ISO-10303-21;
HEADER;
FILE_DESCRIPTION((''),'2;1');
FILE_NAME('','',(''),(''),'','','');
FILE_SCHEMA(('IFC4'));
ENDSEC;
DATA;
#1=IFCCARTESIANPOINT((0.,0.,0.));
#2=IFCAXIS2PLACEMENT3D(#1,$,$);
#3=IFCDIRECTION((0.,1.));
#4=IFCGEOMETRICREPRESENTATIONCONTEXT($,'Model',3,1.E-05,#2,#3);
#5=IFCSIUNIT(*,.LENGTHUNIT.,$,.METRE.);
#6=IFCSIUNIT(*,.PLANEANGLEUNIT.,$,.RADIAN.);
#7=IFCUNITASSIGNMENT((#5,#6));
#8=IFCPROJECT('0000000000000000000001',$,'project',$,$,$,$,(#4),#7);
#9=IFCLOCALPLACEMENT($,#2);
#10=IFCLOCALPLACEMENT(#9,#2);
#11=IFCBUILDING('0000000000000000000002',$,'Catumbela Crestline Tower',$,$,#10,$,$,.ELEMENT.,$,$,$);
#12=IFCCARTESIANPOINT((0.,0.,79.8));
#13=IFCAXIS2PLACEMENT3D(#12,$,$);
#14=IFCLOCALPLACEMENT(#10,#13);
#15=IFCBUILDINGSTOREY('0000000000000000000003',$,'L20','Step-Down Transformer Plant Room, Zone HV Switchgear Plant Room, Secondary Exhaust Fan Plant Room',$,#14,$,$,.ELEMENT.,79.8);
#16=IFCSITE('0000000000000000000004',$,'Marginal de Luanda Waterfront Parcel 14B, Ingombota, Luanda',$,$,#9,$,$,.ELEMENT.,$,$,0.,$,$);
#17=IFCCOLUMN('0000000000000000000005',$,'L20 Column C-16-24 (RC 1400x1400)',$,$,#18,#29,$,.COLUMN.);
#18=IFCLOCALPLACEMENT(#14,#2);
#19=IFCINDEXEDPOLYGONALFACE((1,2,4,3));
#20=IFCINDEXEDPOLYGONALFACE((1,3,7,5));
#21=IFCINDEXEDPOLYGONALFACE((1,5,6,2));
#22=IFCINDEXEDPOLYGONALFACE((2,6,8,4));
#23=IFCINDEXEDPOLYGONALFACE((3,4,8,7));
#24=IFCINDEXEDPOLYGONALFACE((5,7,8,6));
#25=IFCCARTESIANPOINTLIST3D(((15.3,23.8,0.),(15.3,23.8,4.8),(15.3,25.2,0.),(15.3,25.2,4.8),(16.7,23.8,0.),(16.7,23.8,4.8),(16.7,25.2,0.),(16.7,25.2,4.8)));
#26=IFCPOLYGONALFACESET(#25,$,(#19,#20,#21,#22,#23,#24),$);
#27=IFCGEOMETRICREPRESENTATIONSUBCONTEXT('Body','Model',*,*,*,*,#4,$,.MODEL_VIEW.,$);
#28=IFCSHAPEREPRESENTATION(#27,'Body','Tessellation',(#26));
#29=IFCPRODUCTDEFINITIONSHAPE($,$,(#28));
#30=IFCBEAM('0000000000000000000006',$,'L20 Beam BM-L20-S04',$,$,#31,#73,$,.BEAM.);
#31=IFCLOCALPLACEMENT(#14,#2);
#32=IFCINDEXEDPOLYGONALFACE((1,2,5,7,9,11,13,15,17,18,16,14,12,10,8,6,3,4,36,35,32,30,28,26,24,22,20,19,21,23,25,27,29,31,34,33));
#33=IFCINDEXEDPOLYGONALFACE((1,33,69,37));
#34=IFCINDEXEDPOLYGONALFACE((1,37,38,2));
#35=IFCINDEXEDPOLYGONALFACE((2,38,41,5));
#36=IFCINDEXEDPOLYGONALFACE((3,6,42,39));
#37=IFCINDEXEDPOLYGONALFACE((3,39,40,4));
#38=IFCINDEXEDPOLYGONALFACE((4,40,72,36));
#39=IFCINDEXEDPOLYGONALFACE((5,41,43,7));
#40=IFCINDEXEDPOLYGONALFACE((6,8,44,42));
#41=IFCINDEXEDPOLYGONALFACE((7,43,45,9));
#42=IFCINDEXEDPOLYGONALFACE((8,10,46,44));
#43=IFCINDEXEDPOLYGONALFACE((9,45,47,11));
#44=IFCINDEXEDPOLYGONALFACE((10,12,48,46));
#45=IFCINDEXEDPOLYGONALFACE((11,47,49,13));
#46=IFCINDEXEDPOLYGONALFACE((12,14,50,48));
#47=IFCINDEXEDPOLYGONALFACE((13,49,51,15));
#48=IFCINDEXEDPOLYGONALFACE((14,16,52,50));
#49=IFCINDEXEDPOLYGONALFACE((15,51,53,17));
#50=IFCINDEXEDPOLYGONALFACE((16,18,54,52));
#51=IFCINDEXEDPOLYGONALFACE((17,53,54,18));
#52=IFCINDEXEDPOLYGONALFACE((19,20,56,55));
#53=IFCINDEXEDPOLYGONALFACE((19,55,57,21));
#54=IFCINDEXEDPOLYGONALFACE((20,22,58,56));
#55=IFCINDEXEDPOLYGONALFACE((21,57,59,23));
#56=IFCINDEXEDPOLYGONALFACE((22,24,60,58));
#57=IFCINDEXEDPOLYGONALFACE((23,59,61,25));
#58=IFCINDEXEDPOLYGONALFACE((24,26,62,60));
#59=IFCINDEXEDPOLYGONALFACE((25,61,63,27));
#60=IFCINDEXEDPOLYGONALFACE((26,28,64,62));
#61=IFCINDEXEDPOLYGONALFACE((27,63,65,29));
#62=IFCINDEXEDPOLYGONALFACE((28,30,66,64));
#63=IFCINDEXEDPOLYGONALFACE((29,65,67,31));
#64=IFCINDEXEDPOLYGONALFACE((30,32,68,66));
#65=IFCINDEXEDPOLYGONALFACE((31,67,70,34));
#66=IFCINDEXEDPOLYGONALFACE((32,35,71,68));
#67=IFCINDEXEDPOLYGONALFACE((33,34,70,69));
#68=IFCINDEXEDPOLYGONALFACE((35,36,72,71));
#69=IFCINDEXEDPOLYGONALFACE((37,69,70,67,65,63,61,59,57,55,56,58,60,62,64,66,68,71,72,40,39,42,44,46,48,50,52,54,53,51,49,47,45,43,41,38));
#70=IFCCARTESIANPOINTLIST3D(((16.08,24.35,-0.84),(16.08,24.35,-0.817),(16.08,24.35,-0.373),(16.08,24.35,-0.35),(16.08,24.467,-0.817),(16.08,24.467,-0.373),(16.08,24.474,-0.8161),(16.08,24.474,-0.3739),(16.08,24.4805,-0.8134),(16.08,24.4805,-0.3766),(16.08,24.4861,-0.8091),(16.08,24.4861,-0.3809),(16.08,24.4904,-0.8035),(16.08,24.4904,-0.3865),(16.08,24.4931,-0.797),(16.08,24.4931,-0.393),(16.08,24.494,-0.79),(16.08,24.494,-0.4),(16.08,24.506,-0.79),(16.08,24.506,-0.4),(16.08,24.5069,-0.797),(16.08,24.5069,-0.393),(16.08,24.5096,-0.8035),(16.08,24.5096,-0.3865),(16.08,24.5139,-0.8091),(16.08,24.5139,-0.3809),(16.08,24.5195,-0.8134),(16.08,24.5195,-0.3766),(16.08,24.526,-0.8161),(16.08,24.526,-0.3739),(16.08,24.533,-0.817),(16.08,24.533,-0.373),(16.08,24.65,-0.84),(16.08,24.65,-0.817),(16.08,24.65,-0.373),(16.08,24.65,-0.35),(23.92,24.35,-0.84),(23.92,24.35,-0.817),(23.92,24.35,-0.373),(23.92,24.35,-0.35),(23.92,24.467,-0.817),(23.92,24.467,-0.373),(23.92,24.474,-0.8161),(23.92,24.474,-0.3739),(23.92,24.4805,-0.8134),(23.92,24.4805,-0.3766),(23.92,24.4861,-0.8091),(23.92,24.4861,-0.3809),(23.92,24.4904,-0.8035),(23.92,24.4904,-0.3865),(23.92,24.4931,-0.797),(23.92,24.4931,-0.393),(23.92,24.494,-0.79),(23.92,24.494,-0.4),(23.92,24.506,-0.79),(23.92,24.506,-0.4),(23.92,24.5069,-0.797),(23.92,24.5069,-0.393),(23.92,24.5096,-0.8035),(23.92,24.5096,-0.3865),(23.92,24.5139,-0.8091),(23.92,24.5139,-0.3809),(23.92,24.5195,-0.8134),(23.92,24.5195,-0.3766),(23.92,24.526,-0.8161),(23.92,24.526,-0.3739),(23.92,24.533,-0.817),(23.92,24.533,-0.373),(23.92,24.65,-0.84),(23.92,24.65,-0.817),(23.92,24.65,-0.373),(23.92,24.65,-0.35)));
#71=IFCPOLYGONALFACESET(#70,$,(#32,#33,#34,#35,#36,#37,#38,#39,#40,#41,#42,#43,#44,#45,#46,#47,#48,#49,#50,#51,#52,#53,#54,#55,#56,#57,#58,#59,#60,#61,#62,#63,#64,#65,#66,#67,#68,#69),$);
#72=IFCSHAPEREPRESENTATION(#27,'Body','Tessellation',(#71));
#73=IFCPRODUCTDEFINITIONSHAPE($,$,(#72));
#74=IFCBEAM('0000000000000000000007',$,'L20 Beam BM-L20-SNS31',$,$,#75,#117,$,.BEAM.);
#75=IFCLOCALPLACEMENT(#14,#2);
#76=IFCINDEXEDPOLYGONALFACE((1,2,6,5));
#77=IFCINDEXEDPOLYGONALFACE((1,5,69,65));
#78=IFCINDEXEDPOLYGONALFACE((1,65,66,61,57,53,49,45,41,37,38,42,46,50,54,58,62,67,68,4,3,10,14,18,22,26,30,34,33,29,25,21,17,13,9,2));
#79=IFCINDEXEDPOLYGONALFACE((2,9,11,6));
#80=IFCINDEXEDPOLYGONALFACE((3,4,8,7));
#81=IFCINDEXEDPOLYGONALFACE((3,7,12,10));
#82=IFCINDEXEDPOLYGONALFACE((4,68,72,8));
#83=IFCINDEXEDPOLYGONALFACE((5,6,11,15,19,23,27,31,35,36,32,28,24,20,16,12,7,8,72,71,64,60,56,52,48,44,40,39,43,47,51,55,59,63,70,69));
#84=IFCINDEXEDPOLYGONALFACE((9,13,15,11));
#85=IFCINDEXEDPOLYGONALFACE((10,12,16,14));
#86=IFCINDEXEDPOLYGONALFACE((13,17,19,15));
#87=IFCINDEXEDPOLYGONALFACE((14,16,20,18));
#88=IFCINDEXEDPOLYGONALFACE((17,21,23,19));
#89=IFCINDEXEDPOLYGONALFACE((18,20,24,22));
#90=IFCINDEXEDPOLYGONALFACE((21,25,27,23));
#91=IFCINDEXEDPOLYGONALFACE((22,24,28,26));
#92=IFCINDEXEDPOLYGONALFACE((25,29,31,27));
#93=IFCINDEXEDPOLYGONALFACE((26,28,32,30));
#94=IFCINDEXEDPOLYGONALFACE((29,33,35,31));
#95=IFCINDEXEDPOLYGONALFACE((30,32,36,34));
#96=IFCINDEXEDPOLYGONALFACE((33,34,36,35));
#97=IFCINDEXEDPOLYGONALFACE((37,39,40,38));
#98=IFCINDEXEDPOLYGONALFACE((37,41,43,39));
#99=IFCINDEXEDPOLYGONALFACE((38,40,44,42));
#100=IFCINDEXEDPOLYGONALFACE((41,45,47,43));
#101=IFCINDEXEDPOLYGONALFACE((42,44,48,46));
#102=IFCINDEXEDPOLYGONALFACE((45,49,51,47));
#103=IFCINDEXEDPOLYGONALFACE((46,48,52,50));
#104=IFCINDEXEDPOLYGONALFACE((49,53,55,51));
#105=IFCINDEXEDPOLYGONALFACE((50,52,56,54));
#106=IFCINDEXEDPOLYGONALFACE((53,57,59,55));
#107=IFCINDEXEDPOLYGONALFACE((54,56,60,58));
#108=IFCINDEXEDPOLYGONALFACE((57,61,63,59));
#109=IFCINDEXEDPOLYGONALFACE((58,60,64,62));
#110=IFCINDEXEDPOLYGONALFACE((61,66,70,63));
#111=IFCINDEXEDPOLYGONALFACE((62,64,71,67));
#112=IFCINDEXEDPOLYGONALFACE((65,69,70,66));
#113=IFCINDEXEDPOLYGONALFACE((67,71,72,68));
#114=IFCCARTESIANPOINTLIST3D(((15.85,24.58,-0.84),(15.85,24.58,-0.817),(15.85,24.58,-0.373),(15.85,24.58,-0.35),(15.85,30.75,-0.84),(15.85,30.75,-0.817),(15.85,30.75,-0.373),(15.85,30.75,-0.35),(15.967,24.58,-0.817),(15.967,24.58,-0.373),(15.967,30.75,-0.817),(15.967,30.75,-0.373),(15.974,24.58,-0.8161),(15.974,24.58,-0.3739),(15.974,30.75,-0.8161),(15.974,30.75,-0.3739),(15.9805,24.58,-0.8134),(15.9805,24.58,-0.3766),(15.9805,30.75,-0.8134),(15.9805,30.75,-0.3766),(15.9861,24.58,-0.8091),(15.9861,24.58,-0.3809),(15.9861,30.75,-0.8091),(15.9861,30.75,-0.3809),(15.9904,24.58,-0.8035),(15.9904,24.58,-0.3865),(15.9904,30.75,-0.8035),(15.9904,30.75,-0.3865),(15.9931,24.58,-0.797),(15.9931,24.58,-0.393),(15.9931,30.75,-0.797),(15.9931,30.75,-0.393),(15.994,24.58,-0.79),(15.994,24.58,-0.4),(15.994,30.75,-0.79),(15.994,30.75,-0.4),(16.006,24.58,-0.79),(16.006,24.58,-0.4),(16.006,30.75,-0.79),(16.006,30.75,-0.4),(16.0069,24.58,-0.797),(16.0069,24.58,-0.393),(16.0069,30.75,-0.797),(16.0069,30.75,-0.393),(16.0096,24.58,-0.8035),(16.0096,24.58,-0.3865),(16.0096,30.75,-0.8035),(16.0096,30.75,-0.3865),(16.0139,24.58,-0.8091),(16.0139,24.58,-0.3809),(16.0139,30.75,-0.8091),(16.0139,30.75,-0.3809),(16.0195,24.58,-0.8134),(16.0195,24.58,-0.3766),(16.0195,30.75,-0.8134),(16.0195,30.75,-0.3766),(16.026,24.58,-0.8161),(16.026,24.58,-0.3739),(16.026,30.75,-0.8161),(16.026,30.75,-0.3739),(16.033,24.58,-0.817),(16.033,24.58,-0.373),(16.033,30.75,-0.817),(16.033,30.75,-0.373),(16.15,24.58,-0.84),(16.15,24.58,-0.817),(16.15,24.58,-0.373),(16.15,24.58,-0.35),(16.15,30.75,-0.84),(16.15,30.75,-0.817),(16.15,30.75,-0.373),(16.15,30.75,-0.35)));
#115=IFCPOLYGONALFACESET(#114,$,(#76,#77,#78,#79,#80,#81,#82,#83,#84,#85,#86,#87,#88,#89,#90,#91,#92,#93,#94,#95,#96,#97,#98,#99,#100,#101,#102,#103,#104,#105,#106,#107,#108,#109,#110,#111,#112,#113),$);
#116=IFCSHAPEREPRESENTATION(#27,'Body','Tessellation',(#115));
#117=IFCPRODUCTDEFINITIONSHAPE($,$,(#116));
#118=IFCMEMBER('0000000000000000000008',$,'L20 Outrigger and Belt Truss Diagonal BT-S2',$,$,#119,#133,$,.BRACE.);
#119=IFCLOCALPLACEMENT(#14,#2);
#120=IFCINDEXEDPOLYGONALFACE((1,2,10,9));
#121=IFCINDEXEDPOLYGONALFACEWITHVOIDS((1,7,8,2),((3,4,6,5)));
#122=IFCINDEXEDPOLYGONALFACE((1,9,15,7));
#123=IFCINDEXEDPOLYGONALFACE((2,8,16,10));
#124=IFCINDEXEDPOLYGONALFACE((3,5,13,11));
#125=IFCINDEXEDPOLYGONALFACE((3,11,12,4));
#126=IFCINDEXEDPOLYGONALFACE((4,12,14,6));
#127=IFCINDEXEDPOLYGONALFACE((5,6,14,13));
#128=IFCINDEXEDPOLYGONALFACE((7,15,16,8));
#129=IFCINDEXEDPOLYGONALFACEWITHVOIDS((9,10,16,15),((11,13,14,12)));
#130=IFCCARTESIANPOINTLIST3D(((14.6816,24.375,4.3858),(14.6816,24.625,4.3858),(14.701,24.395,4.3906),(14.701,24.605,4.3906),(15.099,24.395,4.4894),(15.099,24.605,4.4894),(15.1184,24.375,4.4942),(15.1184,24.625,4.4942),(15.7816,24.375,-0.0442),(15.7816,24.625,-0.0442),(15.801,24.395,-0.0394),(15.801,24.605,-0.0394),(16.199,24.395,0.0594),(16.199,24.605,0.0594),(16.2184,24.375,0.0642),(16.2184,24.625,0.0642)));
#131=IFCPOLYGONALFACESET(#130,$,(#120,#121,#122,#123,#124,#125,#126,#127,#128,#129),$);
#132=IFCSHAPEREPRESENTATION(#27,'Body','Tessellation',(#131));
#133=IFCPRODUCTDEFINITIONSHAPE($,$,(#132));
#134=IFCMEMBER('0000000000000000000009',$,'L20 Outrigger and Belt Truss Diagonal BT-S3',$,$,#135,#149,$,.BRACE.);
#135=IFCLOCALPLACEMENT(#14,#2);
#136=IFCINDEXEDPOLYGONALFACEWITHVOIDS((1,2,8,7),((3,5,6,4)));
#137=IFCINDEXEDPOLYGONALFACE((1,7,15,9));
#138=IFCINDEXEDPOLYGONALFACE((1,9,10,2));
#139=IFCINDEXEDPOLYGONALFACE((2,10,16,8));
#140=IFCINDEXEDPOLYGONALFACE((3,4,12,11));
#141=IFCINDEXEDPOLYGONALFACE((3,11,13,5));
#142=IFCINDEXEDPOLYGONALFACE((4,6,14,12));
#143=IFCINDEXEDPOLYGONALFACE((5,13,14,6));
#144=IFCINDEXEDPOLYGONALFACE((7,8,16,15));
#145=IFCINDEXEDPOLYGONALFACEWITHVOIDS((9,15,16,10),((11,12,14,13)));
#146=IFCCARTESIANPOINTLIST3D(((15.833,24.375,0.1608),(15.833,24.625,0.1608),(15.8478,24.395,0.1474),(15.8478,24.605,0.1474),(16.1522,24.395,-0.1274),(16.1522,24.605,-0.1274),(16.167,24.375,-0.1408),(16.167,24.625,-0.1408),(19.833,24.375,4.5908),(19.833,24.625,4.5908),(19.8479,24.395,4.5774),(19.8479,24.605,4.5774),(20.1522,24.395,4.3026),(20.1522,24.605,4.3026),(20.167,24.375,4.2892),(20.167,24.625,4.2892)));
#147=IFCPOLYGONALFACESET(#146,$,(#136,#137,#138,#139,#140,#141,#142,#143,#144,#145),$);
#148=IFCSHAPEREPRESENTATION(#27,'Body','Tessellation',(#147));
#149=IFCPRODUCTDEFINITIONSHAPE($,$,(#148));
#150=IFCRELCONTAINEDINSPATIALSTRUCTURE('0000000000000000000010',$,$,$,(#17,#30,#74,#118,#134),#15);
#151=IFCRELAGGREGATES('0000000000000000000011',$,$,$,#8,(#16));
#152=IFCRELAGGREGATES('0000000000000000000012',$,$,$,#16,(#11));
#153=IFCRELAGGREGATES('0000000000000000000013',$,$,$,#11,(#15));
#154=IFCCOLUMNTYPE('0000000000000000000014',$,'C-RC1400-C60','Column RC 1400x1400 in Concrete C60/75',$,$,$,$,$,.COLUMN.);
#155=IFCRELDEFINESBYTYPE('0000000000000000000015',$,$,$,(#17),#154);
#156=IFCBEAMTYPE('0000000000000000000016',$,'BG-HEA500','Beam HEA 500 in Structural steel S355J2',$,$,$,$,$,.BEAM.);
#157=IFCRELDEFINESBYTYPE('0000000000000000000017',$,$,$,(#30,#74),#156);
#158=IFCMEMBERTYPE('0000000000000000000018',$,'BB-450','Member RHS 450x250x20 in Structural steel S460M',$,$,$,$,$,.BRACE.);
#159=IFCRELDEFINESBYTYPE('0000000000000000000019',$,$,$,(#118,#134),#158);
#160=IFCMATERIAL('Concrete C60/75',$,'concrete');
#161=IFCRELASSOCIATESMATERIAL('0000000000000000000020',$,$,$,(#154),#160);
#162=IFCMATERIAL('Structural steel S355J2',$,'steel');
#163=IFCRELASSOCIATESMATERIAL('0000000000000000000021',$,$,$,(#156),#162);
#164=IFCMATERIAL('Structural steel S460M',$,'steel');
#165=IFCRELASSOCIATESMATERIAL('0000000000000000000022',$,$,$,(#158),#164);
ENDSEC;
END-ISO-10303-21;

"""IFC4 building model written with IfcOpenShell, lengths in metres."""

from ifc_helpers import new_model, si_unit, direction, frame, origin, origin_2d, place, context, subcontext, project, spatial, rectangle, hollow_rectangle, i_section, extrude, material, material_profile, profile_set, type_object, element, save


model = new_model("IFC4")

# Units and contexts
model_context = context("Model", 3, precision=1e-05, world=origin(), true_north=direction((0.0, 1.0)))
body_context = subcontext(model_context, "Body", "Model", "MODEL_VIEW")
ifc_project = project(units=[si_unit("LENGTHUNIT", "METRE"), si_unit("PLANEANGLEUNIT", "RADIAN")], contexts=[model_context])

# Site, building, storey
site_placement = place(None, origin())
site = spatial("IfcSite", under=ifc_project, at=site_placement, Name="Marginal de Luanda Waterfront Parcel 14B, Ingombota, Luanda", CompositionType="ELEMENT", RefElevation=0.0)
building_placement = place(site_placement, origin())
building = spatial("IfcBuilding", under=site, at=building_placement, Name="Catumbela Crestline Tower", CompositionType="ELEMENT")
storey_placement = place(building_placement, frame((0.0, 0.0, 79.8)))
storey = spatial("IfcBuildingStorey", under=building, at=storey_placement, Name="L20", Description="Step-Down Transformer Plant Room, Zone HV Switchgear Plant Room, Secondary Exhaust Fan Plant Room", CompositionType="ELEMENT", Elevation=79.8)

# Column
ifc_material_1 = material(Name="Concrete C60/75", Category="concrete")
ifc_material_profile_1 = material_profile(ifc_material_1, rectangle(XDim=1.4, YDim=1.4, at=origin_2d()), Name="RC 1400x1400")
ifc_profile_set_1 = profile_set([ifc_material_profile_1], Name="Concrete C60/75")
column_type = type_object("IfcColumnType", Name="C-RC1400-C60", Description="Column RC 1400x1400 in Concrete C60/75", PredefinedType="COLUMN", material=ifc_profile_set_1)
column_placement = place(storey_placement, frame((16.0, 24.5, 0.0), z_axis=(0.0, 0.0, 1.0), x_axis=(1.0, 0.0, 0.0)))
element("IfcColumn", 1, at=column_placement, inside=storey, type_object=column_type, Name="L20 Column C-16-24 (RC 1400x1400)", PredefinedType="COLUMN", context=body_context, shape_type="SweptSolid", body=[
    extrude(rectangle(XDim=1.4, YDim=1.4, at=origin_2d()), origin(), (0.0, 0.0, 1.0), 4.8),
])

# Beams
ifc_material_2 = material(Name="Structural steel S355J2", Category="steel")
ifc_material_profile_2 = material_profile(ifc_material_2, i_section(OverallWidth=0.3, OverallDepth=0.49, WebThickness=0.012, FlangeThickness=0.023, FilletRadius=0.027, at=origin_2d()), Name="HEA 500")
ifc_profile_set_2 = profile_set([ifc_material_profile_2], Name="Structural steel S355J2")
beam_type = type_object("IfcBeamType", Name="BG-HEA500", Description="Beam HEA 500 in Structural steel S355J2", PredefinedType="BEAM", material=ifc_profile_set_2)
beam_1_placement = place(storey_placement, frame((16.08, 24.5, -0.595), z_axis=(1.0, 0.0, 0.0), x_axis=(0.0, 1.0, 0.0)))
element("IfcBeam", 2, at=beam_1_placement, inside=storey, type_object=beam_type, Name="L20 Beam BM-L20-S04", PredefinedType="BEAM", context=body_context, shape_type="SweptSolid", body=[
    extrude(i_section(OverallWidth=0.3, OverallDepth=0.49, WebThickness=0.012, FlangeThickness=0.023, FilletRadius=0.027, at=origin_2d()), origin(), (0.0, 0.0, 1.0), 7.84),
])
beam_2_placement = place(storey_placement, frame((16.0, 24.58, -0.595), z_axis=(0.0, 1.0, 0.0), x_axis=(-1.0, 0.0, 0.0)))
element("IfcBeam", 3, at=beam_2_placement, inside=storey, type_object=beam_type, Name="L20 Beam BM-L20-SNS31", PredefinedType="BEAM", context=body_context, shape_type="SweptSolid", body=[
    extrude(i_section(OverallWidth=0.3, OverallDepth=0.49, WebThickness=0.012, FlangeThickness=0.023, FilletRadius=0.027, at=origin_2d()), origin(), (0.0, 0.0, 1.0), 6.17),
])

# Members
ifc_material_3 = material(Name="Structural steel S460M", Category="steel")
ifc_material_profile_3 = material_profile(ifc_material_3, hollow_rectangle(XDim=0.25, YDim=0.45, WallThickness=0.02, at=origin_2d()), Name="RHS 450x250x20")
ifc_profile_set_3 = profile_set([ifc_material_profile_3], Name="Structural steel S460M")
member_type_1 = type_object("IfcMemberType", Name="BB-450", Description="Member RHS 450x250x20 in Structural steel S460M", PredefinedType="BRACE", material=ifc_profile_set_3)
member_1_placement = place(storey_placement, frame((14.9, 24.5, 4.44), z_axis=(0.240989, 0.0, -0.970528), x_axis=(0.0, 1.0, 0.0)))
element("IfcMember", 4, at=member_1_placement, inside=storey, type_object=member_type_1, Name="L20 Outrigger and Belt Truss Diagonal BT-S2", PredefinedType="BRACE", context=body_context, shape_type="SweptSolid", body=[
    extrude(hollow_rectangle(XDim=0.25, YDim=0.45, WallThickness=0.02, at=origin_2d()), origin(), (0.0, 0.0, 1.0), 4.5645),
])
member_2_placement = place(storey_placement, frame((16.0, 24.5, 0.01), z_axis=(0.670167, 0.0, 0.74221), x_axis=(0.0, 1.0, 0.0)))
element("IfcMember", 5, at=member_2_placement, inside=storey, type_object=member_type_1, Name="L20 Outrigger and Belt Truss Diagonal BT-S3", PredefinedType="BRACE", context=body_context, shape_type="SweptSolid", body=[
    extrude(hollow_rectangle(XDim=0.25, YDim=0.45, WallThickness=0.02, at=origin_2d()), origin(), (0.0, 0.0, 1.0), 5.9687),
])

save(model, "model.ifc")
